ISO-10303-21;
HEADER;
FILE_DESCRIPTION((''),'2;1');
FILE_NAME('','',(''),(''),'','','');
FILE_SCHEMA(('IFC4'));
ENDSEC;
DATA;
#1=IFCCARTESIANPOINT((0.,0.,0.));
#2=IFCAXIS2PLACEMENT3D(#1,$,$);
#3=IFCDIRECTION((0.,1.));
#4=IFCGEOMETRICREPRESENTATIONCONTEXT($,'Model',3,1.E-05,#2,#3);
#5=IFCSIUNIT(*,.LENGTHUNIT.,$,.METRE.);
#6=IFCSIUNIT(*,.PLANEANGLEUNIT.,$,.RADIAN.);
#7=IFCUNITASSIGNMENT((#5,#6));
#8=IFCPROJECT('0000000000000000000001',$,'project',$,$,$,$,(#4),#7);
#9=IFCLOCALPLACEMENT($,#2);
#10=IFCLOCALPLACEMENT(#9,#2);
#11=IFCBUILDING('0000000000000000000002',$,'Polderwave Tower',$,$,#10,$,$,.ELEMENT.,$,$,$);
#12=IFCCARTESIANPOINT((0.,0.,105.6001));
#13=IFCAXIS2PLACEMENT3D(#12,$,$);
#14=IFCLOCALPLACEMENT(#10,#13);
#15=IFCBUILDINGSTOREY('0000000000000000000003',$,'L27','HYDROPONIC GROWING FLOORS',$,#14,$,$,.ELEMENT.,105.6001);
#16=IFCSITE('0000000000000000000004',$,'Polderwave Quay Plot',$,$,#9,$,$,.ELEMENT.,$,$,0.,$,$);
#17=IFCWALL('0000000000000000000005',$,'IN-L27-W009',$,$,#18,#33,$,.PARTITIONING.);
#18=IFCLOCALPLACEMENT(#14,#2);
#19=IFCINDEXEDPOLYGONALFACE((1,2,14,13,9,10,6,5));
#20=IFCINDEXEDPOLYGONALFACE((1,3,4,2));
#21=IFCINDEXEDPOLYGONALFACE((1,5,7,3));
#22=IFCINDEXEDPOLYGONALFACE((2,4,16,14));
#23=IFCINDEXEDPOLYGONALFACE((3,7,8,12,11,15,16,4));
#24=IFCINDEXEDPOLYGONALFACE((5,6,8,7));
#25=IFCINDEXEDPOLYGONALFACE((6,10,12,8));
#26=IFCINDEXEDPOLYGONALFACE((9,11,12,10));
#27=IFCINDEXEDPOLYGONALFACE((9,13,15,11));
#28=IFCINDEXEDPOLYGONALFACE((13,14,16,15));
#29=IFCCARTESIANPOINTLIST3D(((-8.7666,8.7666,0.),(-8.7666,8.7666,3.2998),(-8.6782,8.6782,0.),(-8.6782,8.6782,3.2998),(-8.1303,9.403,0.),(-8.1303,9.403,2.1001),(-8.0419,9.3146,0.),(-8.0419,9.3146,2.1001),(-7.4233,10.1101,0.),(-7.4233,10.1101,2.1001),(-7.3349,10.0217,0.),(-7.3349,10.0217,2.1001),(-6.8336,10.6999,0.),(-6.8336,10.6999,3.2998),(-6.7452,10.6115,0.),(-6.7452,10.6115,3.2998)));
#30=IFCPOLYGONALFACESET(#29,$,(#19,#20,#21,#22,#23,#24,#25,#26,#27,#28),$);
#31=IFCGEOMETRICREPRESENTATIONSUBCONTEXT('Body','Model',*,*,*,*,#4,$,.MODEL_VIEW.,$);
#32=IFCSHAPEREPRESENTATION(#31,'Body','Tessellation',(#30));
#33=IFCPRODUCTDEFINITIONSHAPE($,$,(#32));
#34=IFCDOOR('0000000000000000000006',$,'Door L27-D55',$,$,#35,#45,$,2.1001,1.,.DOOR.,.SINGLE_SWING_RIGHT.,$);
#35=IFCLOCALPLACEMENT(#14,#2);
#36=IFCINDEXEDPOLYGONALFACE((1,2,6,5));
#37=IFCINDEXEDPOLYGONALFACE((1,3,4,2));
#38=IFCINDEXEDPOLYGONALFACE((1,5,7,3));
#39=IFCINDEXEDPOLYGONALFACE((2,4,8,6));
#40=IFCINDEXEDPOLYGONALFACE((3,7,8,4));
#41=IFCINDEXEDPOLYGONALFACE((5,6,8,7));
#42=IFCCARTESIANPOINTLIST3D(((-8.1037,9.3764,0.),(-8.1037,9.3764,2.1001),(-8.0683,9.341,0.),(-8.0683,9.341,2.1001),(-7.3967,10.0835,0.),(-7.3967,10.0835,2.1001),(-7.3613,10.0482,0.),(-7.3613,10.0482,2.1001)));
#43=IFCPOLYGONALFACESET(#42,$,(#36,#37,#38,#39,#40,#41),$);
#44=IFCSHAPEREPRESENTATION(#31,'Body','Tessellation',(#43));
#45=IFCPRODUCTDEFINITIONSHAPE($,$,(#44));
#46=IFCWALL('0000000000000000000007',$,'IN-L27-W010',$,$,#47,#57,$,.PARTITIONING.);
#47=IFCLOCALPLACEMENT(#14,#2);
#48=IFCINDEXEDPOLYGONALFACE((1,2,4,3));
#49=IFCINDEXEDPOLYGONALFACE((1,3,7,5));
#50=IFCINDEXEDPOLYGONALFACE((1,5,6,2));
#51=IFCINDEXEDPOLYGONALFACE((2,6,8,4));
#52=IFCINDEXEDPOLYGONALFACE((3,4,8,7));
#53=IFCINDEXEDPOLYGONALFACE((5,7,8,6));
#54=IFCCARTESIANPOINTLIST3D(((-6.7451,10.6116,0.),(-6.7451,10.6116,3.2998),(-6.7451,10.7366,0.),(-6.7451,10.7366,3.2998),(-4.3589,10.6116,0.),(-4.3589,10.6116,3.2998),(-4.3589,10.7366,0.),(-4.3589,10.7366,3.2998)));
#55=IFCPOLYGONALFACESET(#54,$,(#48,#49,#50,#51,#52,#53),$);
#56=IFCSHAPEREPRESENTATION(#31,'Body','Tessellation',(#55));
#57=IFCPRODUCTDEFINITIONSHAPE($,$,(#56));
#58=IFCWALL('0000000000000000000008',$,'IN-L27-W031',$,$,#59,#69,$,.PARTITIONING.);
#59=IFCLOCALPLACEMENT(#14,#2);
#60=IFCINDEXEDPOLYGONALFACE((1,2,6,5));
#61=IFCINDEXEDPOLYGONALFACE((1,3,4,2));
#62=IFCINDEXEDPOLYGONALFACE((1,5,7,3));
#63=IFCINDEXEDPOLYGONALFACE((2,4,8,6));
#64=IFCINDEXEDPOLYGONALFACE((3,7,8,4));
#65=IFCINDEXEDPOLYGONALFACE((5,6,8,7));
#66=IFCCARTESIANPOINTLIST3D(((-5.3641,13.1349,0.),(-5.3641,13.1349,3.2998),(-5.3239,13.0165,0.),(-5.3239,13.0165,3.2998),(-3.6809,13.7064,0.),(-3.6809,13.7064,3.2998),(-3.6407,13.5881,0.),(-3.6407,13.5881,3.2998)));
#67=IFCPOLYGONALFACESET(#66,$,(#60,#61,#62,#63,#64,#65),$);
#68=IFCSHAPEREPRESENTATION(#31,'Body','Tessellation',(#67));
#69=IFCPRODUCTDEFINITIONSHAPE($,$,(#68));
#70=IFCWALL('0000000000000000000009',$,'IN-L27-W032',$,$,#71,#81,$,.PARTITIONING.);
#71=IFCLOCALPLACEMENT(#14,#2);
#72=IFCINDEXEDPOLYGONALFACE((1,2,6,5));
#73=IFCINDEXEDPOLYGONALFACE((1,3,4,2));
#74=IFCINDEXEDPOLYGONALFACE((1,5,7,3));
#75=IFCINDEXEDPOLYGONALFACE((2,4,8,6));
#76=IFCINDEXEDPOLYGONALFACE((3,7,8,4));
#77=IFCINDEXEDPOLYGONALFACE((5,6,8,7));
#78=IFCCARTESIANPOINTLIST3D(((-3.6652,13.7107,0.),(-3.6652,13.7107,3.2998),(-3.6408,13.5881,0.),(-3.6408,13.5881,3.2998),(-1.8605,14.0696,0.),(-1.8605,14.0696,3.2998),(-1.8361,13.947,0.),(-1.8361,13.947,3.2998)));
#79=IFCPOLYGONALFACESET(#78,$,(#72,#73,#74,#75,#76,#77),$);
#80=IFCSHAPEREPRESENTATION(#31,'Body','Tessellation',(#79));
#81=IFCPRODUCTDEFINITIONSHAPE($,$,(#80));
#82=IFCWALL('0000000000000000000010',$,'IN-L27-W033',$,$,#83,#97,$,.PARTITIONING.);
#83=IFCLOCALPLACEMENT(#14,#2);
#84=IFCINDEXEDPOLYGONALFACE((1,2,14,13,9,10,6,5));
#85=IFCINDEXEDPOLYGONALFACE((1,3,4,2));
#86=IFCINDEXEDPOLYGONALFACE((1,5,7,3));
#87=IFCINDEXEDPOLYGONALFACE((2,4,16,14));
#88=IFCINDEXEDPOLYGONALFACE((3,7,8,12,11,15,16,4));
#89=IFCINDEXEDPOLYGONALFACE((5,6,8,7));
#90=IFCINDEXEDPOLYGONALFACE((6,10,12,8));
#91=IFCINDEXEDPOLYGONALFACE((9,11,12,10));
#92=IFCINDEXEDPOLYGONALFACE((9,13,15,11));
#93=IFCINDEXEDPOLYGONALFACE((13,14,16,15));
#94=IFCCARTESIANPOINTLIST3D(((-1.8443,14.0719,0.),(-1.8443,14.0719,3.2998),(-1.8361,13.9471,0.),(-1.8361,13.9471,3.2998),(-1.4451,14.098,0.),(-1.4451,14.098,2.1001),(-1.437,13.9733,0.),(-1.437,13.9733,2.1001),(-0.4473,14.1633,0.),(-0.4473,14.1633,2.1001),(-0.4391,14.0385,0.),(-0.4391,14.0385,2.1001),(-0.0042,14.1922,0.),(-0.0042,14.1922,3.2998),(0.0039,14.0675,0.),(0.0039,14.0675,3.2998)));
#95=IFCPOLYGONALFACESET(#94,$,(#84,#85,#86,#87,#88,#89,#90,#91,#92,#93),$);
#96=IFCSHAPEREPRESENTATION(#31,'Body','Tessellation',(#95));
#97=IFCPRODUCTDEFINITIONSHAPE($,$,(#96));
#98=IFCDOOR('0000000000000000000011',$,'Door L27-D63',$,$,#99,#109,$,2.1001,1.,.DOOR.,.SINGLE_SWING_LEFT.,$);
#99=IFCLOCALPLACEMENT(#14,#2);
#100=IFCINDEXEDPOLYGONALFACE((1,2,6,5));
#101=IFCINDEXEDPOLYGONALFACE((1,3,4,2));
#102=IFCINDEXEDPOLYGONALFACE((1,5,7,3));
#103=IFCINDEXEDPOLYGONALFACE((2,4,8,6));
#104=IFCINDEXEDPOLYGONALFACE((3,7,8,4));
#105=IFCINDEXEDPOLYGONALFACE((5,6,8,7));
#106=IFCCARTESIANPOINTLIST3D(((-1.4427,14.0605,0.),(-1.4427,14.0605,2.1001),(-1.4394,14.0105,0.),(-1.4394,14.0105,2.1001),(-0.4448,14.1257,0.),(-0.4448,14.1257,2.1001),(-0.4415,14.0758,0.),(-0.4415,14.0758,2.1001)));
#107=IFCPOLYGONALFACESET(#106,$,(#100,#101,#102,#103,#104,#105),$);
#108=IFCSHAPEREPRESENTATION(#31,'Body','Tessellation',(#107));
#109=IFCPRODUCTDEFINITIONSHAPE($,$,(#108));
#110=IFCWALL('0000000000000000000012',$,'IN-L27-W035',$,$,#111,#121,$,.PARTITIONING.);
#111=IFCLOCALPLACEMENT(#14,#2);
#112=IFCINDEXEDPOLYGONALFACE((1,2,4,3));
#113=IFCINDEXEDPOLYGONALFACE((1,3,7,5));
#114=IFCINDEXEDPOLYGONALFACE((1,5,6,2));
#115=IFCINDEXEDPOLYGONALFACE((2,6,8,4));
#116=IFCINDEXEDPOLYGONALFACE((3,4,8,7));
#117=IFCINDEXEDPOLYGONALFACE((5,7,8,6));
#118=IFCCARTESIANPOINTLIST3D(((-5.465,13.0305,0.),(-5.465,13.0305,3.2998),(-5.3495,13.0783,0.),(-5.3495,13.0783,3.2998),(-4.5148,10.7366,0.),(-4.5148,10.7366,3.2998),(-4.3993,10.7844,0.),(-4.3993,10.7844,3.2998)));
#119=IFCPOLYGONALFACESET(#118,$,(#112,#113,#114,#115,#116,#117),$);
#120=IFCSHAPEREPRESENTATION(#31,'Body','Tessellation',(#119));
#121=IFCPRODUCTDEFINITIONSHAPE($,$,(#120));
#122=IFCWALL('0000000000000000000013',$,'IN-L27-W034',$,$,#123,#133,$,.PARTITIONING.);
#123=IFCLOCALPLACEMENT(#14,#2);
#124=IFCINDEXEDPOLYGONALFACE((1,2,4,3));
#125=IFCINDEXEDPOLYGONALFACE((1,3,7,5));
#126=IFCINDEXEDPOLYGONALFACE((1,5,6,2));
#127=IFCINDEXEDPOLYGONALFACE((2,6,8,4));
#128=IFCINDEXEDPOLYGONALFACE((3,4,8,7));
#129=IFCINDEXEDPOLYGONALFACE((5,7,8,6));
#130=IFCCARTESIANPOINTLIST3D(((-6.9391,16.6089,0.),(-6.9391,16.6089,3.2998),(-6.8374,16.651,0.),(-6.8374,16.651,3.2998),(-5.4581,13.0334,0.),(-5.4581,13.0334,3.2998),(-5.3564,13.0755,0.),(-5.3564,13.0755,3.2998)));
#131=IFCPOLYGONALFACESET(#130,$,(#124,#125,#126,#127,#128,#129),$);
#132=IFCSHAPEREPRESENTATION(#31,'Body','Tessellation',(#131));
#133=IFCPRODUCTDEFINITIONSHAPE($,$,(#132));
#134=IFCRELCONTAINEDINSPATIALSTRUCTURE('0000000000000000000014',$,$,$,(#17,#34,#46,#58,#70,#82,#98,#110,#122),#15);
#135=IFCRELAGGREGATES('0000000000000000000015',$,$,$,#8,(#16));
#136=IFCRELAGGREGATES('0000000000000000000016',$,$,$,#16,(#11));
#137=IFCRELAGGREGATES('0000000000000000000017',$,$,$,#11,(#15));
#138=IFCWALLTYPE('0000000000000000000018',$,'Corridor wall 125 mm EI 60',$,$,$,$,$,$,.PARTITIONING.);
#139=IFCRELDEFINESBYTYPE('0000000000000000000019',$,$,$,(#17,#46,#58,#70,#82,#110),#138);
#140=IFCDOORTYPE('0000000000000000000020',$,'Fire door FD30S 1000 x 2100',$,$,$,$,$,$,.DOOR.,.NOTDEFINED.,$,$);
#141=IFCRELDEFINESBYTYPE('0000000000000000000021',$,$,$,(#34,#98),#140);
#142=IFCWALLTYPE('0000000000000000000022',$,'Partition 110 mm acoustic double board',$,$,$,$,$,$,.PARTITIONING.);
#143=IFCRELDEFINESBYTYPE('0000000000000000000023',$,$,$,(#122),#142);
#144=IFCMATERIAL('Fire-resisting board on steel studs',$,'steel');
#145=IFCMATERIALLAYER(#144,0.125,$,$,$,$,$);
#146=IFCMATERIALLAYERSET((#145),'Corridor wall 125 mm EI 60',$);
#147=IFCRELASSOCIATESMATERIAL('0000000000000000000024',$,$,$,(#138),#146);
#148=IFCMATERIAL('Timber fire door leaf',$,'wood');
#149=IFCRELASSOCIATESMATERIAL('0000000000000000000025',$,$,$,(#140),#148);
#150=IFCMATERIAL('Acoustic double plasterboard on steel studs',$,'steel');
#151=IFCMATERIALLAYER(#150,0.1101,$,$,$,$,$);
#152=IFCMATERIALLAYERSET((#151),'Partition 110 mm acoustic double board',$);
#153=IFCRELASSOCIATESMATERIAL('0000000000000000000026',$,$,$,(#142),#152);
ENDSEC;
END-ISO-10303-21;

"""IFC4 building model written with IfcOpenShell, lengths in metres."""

from ifc_helpers import new_model, si_unit, direction, frame, frame_2d, origin, place, context, subcontext, project, spatial, rectangle, extrude, material, layer, layer_set, type_object, element, fill, save


model = new_model("IFC4")

# Units and contexts
model_context = context("Model", 3, precision=1e-05, world=origin(), true_north=direction((0.0, 1.0)))
body_context = subcontext(model_context, "Body", "Model", "MODEL_VIEW")
ifc_project = project(units=[si_unit("LENGTHUNIT", "METRE"), si_unit("PLANEANGLEUNIT", "RADIAN")], contexts=[model_context])

# Site, building, storey
site_placement = place(None, origin())
site = spatial("IfcSite", under=ifc_project, at=site_placement, Name="Polderwave Quay Plot", CompositionType="ELEMENT", RefElevation=0.0)
building_placement = place(site_placement, origin())
building = spatial("IfcBuilding", under=site, at=building_placement, Name="Polderwave Tower", CompositionType="ELEMENT")
storey_placement = place(building_placement, frame((0.0, 0.0, 105.6001)))
storey = spatial("IfcBuildingStorey", under=building, at=storey_placement, Name="L27", Description="HYDROPONIC GROWING FLOORS", CompositionType="ELEMENT", Elevation=105.6001)

# Wall, opening, door
ifc_material_1 = material(Name="Fire-resisting board on steel studs", Category="steel")
ifc_layer_1 = layer(ifc_material_1, 0.125)
ifc_layer_set_1 = layer_set([ifc_layer_1], Name="Corridor wall 125 mm EI 60")
wall_type_1 = type_object("IfcWallType", Name="Corridor wall 125 mm EI 60", PredefinedType="PARTITIONING", material=ifc_layer_set_1)
wall_1_placement = place(storey_placement, frame((-8.7224, 8.7224, 0.0), z_axis=(0.0, 0.0, 1.0), x_axis=(0.707062, 0.707151, 0.0)))
wall_1 = element("IfcWall", 1, at=wall_1_placement, inside=storey, type_object=wall_type_1, Name="IN-L27-W009", PredefinedType="PARTITIONING", context=body_context, shape_type="SweptSolid", body=[
    extrude(rectangle(XDim=2.7339, YDim=0.125, at=frame_2d((1.3669, 0.0))), origin(), (0.0, 0.0, 1.0), 3.2998),
])
opening_1_placement = place(wall_1_placement, frame((0.8999, 0.0, 0.0)))
opening_1 = element("IfcOpeningElement", 2, at=opening_1_placement, cuts=wall_1, PredefinedType="OPENING", context=body_context, shape_type="SweptSolid", body=[
    extrude(rectangle(XDim=1.0, YDim=2.1001, at=frame_2d((0.5, 1.05))), frame((0.0, 0.0725, 0.0), z_axis=(0.0, -1.0, 0.0), x_axis=(1.0, 0.0, 0.0)), (0.0, 0.0, 1.0), 0.145),
])
ifc_material_2 = material(Name="Timber fire door leaf", Category="wood")
door_type = type_object("IfcDoorType", Name="Fire door FD30S 1000 x 2100", OperationType="NOTDEFINED", PredefinedType="DOOR", material=ifc_material_2)
door_1_placement = place(opening_1_placement, origin())
door_1 = element("IfcDoor", 3, at=door_1_placement, inside=storey, type_object=door_type, Name="Door L27-D55", OperationType="SINGLE_SWING_RIGHT", OverallHeight=2.1001, OverallWidth=1.0, PredefinedType="DOOR", context=body_context, shape_type="SweptSolid", body=[
    extrude(rectangle(XDim=1.0, YDim=2.1001, at=frame_2d((0.5, 1.05))), frame((0.0, 0.0249, 0.0), z_axis=(0.0, -1.0, 0.0), x_axis=(1.0, 0.0, 0.0)), (0.0, 0.0, 1.0), 0.05),
])
fill(opening_1, door_1)

# Walls
wall_2_placement = place(storey_placement, frame((-6.7451, 10.6741, 0.0), z_axis=(0.0, 0.0, 1.0), x_axis=(1.0, 0.0, 0.0)))
element("IfcWall", 4, at=wall_2_placement, inside=storey, type_object=wall_type_1, Name="IN-L27-W010", PredefinedType="PARTITIONING", context=body_context, shape_type="SweptSolid", body=[
    extrude(rectangle(XDim=2.3862, YDim=0.125, at=frame_2d((1.1931, 0.0))), origin(), (0.0, 0.0, 1.0), 3.2998),
])
wall_3_placement = place(storey_placement, frame((-3.6609, 13.6472, 0.0), z_axis=(0.0, 0.0, 1.0), x_axis=(-0.946897, -0.321538, 0.0)))
element("IfcWall", 5, at=wall_3_placement, inside=storey, type_object=wall_type_1, Name="IN-L27-W031", PredefinedType="PARTITIONING", context=body_context, shape_type="SweptSolid", body=[
    extrude(rectangle(XDim=1.7776, YDim=0.125, at=frame_2d((0.8887, 0.0))), origin(), (0.0, 0.0, 1.0), 3.2998),
])
wall_4_placement = place(storey_placement, frame((-1.8484, 14.0083, 0.0), z_axis=(0.0, 0.0, 1.0), x_axis=(-0.980794, -0.195044, 0.0)))
element("IfcWall", 6, at=wall_4_placement, inside=storey, type_object=wall_type_1, Name="IN-L27-W032", PredefinedType="PARTITIONING", context=body_context, shape_type="SweptSolid", body=[
    extrude(rectangle(XDim=1.8401, YDim=0.125, at=frame_2d((0.9199, 0.0))), origin(), (0.0, 0.0, 1.0), 3.2998),
])

# Wall, opening, door
wall_5_placement = place(storey_placement, frame((-1.8401, 14.0095, 0.0), z_axis=(0.0, 0.0, 1.0), x_axis=(0.997868, 0.065271, 0.0)))
wall_5 = element("IfcWall", 7, at=wall_5_placement, inside=storey, type_object=wall_type_1, Name="IN-L27-W033", PredefinedType="PARTITIONING", context=body_context, shape_type="SweptSolid", body=[
    extrude(rectangle(XDim=1.844, YDim=0.125, at=frame_2d((0.9219, 0.0))), origin(), (0.0, 0.0, 1.0), 3.2998),
])
opening_2_placement = place(wall_5_placement, frame((0.3999, 0.0, 0.0)))
opening_2 = element("IfcOpeningElement", 8, at=opening_2_placement, cuts=wall_5, PredefinedType="OPENING", context=body_context, shape_type="SweptSolid", body=[
    extrude(rectangle(XDim=1.0, YDim=2.1001, at=frame_2d((0.5, 1.05))), frame((0.0, 0.0725, 0.0), z_axis=(0.0, -1.0, 0.0), x_axis=(1.0, 0.0, 0.0)), (0.0, 0.0, 1.0), 0.145),
])
door_2_placement = place(opening_2_placement, origin())
door_2 = element("IfcDoor", 9, at=door_2_placement, inside=storey, type_object=door_type, Name="Door L27-D63", OperationType="SINGLE_SWING_LEFT", OverallHeight=2.1001, OverallWidth=1.0, PredefinedType="DOOR", context=body_context, shape_type="SweptSolid", body=[
    extrude(rectangle(XDim=1.0, YDim=2.1001, at=frame_2d((0.5, 1.05))), frame((0.0, 0.0249, 0.0), z_axis=(0.0, -1.0, 0.0), x_axis=(1.0, 0.0, 0.0)), (0.0, 0.0, 1.0), 0.05),
])
fill(opening_2, door_2)

# Walls
wall_6_placement = place(storey_placement, frame((-4.457, 10.7605, 0.0), z_axis=(0.0, 0.0, 1.0), x_axis=(-0.382688, 0.923878, 0.0)))
element("IfcWall", 10, at=wall_6_placement, inside=storey, type_object=wall_type_1, Name="IN-L27-W035", PredefinedType="PARTITIONING", context=body_context, shape_type="SweptSolid", body=[
    extrude(rectangle(XDim=2.4829, YDim=0.125, at=frame_2d((1.2415, 0.0))), origin(), (0.0, 0.0, 1.0), 3.2998),
])
ifc_material_3 = material(Name="Acoustic double plasterboard on steel studs", Category="steel")
ifc_layer_2 = layer(ifc_material_3, 0.1101)
ifc_layer_set_2 = layer_set([ifc_layer_2], Name="Partition 110 mm acoustic double board")
wall_type_2 = type_object("IfcWallType", Name="Partition 110 mm acoustic double board", PredefinedType="PARTITIONING", material=ifc_layer_set_2)
wall_7_placement = place(storey_placement, frame((-5.4072, 13.0544, 0.0), z_axis=(0.0, 0.0, 1.0), x_axis=(-0.382675, 0.923883, 0.0)))
element("IfcWall", 11, at=wall_7_placement, inside=storey, type_object=wall_type_2, Name="IN-L27-W034", PredefinedType="PARTITIONING", context=body_context, shape_type="SweptSolid", body=[
    extrude(rectangle(XDim=3.8701, YDim=0.1101, at=frame_2d((1.9351, 0.0))), origin(), (0.0, 0.0, 1.0), 3.2998),
])

save(model, "model.ifc")
